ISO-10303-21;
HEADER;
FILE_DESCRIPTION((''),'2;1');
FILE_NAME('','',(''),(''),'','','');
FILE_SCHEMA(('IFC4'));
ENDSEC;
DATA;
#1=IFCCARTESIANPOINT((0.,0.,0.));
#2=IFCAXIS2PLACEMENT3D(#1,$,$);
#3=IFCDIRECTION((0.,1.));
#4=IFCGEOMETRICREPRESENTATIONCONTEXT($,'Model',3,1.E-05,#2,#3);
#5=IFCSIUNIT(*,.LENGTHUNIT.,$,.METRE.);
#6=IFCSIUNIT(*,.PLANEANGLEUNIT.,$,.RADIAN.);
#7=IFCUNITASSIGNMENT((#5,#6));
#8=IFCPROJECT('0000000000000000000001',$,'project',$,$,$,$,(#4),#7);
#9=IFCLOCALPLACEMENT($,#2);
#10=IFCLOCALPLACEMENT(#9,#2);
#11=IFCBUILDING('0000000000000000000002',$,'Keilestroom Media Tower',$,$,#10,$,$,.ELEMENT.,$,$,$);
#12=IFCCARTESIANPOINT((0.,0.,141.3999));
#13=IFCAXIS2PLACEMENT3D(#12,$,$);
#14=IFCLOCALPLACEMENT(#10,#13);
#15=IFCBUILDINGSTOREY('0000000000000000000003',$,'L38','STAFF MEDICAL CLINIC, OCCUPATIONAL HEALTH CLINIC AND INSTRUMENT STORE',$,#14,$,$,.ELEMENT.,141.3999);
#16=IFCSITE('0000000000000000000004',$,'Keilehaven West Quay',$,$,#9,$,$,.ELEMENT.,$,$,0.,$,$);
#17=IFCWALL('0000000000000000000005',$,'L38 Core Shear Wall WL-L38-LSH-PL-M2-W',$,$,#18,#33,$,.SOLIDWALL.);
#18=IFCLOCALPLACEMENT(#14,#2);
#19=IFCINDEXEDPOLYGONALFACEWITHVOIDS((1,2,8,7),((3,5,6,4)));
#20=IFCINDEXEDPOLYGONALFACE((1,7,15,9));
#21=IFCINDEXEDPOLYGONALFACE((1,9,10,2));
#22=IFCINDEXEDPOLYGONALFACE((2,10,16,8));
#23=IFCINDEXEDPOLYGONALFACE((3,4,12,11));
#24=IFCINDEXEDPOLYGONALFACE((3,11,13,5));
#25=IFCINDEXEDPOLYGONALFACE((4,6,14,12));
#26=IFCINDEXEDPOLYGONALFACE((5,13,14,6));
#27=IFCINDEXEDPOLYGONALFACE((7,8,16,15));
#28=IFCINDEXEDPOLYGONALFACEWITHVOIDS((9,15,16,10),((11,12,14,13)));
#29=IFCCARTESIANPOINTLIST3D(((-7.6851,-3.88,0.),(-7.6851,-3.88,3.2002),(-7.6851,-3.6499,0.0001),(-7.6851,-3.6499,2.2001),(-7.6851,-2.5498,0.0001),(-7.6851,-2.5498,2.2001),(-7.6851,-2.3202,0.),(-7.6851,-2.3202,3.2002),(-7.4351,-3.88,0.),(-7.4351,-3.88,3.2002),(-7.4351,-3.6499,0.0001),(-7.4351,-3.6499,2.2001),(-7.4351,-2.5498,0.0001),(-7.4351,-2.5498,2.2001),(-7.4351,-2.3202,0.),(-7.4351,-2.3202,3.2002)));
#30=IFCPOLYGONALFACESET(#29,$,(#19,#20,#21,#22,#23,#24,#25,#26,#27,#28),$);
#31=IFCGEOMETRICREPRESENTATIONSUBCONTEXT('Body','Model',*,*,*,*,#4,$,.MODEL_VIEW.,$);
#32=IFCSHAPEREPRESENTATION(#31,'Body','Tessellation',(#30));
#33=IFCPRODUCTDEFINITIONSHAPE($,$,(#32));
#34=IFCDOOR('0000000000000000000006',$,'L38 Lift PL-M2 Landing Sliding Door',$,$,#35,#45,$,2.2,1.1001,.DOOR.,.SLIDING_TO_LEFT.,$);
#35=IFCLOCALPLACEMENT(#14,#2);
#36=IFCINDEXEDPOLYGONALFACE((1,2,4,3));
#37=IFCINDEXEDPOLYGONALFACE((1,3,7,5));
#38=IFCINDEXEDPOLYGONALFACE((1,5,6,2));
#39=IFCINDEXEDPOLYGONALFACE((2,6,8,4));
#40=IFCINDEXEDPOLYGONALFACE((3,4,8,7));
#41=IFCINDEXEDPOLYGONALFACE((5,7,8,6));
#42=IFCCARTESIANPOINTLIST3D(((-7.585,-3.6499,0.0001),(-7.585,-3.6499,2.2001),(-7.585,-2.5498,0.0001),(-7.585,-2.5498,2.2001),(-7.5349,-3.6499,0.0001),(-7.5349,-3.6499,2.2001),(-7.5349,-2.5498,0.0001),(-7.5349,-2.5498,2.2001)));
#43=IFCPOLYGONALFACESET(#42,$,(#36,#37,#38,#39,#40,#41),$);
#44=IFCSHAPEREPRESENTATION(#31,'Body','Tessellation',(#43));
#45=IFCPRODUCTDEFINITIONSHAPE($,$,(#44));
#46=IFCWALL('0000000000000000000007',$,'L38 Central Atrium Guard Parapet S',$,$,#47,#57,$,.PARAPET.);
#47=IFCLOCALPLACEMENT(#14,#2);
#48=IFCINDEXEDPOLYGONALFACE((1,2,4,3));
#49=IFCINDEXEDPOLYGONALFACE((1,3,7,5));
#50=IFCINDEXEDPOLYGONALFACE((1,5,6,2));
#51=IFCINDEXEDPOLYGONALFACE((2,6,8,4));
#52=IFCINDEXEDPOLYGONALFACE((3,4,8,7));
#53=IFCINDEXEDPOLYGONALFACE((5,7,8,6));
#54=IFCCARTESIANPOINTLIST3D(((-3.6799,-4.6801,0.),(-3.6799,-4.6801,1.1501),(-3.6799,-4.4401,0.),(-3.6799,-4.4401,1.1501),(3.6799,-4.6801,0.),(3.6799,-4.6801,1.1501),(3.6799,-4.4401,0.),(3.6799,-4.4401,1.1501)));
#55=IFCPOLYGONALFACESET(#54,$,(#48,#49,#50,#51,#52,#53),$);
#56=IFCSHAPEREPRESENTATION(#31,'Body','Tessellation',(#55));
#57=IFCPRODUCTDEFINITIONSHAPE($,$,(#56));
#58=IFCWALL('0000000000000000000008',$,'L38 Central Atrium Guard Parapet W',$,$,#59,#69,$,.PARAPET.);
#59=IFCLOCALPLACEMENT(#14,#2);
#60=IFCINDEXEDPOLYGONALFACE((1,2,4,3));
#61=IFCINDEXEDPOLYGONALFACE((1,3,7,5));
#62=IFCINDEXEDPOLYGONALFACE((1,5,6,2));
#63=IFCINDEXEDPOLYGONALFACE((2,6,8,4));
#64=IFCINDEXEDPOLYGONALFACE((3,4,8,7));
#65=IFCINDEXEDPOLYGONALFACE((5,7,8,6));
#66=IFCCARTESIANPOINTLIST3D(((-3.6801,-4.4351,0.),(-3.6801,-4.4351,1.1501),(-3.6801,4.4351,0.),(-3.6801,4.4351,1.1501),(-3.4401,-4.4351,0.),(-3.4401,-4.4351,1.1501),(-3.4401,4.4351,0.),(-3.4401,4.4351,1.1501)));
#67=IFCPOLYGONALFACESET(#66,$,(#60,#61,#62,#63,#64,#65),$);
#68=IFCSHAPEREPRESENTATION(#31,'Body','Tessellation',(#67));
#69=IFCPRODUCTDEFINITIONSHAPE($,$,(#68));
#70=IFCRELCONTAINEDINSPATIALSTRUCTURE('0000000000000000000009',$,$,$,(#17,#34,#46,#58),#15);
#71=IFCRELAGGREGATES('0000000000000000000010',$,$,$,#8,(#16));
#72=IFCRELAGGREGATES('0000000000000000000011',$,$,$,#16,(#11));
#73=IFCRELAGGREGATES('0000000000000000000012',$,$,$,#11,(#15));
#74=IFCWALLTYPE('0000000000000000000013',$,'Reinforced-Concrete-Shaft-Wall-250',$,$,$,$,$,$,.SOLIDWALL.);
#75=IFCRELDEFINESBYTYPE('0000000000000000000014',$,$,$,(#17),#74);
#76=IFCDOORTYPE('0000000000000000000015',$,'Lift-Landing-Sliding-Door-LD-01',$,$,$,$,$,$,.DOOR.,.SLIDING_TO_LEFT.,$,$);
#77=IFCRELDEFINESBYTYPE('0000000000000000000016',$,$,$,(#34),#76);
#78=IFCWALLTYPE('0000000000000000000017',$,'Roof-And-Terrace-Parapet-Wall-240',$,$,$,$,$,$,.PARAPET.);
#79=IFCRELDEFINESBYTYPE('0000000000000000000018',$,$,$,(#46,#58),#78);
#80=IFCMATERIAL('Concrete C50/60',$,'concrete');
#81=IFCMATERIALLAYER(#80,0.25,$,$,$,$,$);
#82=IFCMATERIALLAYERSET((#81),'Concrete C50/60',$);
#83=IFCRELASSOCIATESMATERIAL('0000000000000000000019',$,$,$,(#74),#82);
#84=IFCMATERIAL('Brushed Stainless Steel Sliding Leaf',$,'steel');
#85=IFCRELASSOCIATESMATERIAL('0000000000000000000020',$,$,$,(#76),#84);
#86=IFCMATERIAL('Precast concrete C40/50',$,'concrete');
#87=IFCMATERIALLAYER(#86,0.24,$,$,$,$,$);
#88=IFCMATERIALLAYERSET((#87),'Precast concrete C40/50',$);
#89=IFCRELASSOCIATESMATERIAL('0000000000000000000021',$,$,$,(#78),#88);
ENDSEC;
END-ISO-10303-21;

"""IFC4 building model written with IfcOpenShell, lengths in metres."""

from ifc_helpers import new_model, si_unit, direction, frame, frame_2d, origin, place, context, subcontext, project, spatial, rectangle, extrude, source, transform, mapped, material, layer, layer_set, type_object, element, fill, save


model = new_model("IFC4")

# Units and contexts
model_context = context("Model", 3, precision=1e-05, world=origin(), true_north=direction((0.0, 1.0)))
body_context = subcontext(model_context, "Body", "Model", "MODEL_VIEW")
ifc_project = project(units=[si_unit("LENGTHUNIT", "METRE"), si_unit("PLANEANGLEUNIT", "RADIAN")], contexts=[model_context])

# Site, building, storey
site_placement = place(None, origin())
site = spatial("IfcSite", under=ifc_project, at=site_placement, Name="Keilehaven West Quay", CompositionType="ELEMENT", RefElevation=0.0)
building_placement = place(site_placement, origin())
building = spatial("IfcBuilding", under=site, at=building_placement, Name="Keilestroom Media Tower", CompositionType="ELEMENT")
storey_placement = place(building_placement, frame((0.0, 0.0, 141.3999)))
storey = spatial("IfcBuildingStorey", under=building, at=storey_placement, Name="L38", Description="STAFF MEDICAL CLINIC, OCCUPATIONAL HEALTH CLINIC AND INSTRUMENT STORE", CompositionType="ELEMENT", Elevation=141.3999)

# Shared definitions
ifc_material_1 = material(Name="Concrete C50/60", Category="concrete")
ifc_layer_1 = layer(ifc_material_1, 0.25)
ifc_layer_set_1 = layer_set([ifc_layer_1], Name="Concrete C50/60")
wall_type_1 = type_object("IfcWallType", Name="Reinforced-Concrete-Shaft-Wall-250", PredefinedType="SOLIDWALL", material=ifc_layer_set_1)

# Shared definitions
ifc_material_2 = material(Name="Brushed Stainless Steel Sliding Leaf", Category="steel")

# Shared definitions
door_type_1 = type_object("IfcDoorType", Name="Lift-Landing-Sliding-Door-LD-01", OperationType="SLIDING_TO_LEFT", PredefinedType="DOOR", material=ifc_material_2)
shared_shape_1 = source(origin(), body_context, "Body", "SweptSolid", [
    extrude(rectangle(XDim=1.1001, YDim=2.2, at=frame_2d((0.55, 1.1001))), frame((0.0, 0.0249, 0.0), z_axis=(0.0, -1.0, 0.0), x_axis=(1.0, 0.0, 0.0)), (0.0, 0.0, 1.0), 0.05),
])

# Wall, opening, door
wall_1_placement = place(storey_placement, frame((-7.5601, -3.8799, 0.0), z_axis=(0.0, 0.0, 1.0), x_axis=(0.0, 1.0, 0.0)))
wall_1 = element("IfcWall", 1, at=wall_1_placement, inside=storey, type_object=wall_type_1, Name="L38 Core Shear Wall WL-L38-LSH-PL-M2-W", PredefinedType="SOLIDWALL", context=body_context, shape_type="SweptSolid", body=[
    extrude(rectangle(XDim=1.5598, YDim=0.25, at=frame_2d((0.7798, 0.0))), origin(), (0.0, 0.0, 1.0), 3.2002),
])
opening_1_placement = place(wall_1_placement, frame((0.23, 0.0, 0.0)))
opening_1 = element("IfcOpeningElement", 2, at=opening_1_placement, cuts=wall_1, PredefinedType="OPENING", context=body_context, shape_type="SweptSolid", body=[
    extrude(rectangle(XDim=1.1001, YDim=2.2, at=frame_2d((0.55, 1.1001))), frame((0.0, 0.135, 0.0), z_axis=(0.0, -1.0, 0.0), x_axis=(1.0, 0.0, 0.0)), (0.0, 0.0, 1.0), 0.27),
])
door_1_placement = place(opening_1_placement, origin())
door_1 = element("IfcDoor", 3, at=door_1_placement, inside=storey, type_object=door_type_1, Name="L38 Lift PL-M2 Landing Sliding Door", OperationType="SLIDING_TO_LEFT", OverallHeight=2.2, OverallWidth=1.1001, PredefinedType="DOOR", context=body_context, shape_type="MappedRepresentation", body=[
    mapped(shared_shape_1, transform((0.0, 0.0, 0.0), x_axis=(1.0, 0.0, 0.0), y_axis=(0.0, 1.0, 0.0), z_axis=(0.0, 0.0, 1.0), scale=1.0)),
])
fill(opening_1, door_1)

# Walls
ifc_material_3 = material(Name="Precast concrete C40/50", Category="concrete")
ifc_layer_2 = layer(ifc_material_3, 0.24)
ifc_layer_set_2 = layer_set([ifc_layer_2], Name="Precast concrete C40/50")
wall_type_2 = type_object("IfcWallType", Name="Roof-And-Terrace-Parapet-Wall-240", PredefinedType="PARAPET", material=ifc_layer_set_2)
wall_2_placement = place(storey_placement, frame((-3.6799, -4.5601, 0.0), z_axis=(0.0, 0.0, 1.0), x_axis=(1.0, 0.0, 0.0)))
element("IfcWall", 4, at=wall_2_placement, inside=storey, type_object=wall_type_2, Name="L38 Central Atrium Guard Parapet S", PredefinedType="PARAPET", context=body_context, shape_type="SweptSolid", body=[
    extrude(rectangle(XDim=7.3599, YDim=0.24, at=frame_2d((3.6799, 0.0))), origin(), (0.0, 0.0, 1.0), 1.1501),
])
wall_3_placement = place(storey_placement, frame((-3.5601, -4.4351, 0.0), z_axis=(0.0, 0.0, 1.0), x_axis=(0.0, 1.0, 0.0)))
element("IfcWall", 5, at=wall_3_placement, inside=storey, type_object=wall_type_2, Name="L38 Central Atrium Guard Parapet W", PredefinedType="PARAPET", context=body_context, shape_type="SweptSolid", body=[
    extrude(rectangle(XDim=8.8701, YDim=0.24, at=frame_2d((4.4351, 0.0))), origin(), (0.0, 0.0, 1.0), 1.1501),
])

save(model, "model.ifc")
